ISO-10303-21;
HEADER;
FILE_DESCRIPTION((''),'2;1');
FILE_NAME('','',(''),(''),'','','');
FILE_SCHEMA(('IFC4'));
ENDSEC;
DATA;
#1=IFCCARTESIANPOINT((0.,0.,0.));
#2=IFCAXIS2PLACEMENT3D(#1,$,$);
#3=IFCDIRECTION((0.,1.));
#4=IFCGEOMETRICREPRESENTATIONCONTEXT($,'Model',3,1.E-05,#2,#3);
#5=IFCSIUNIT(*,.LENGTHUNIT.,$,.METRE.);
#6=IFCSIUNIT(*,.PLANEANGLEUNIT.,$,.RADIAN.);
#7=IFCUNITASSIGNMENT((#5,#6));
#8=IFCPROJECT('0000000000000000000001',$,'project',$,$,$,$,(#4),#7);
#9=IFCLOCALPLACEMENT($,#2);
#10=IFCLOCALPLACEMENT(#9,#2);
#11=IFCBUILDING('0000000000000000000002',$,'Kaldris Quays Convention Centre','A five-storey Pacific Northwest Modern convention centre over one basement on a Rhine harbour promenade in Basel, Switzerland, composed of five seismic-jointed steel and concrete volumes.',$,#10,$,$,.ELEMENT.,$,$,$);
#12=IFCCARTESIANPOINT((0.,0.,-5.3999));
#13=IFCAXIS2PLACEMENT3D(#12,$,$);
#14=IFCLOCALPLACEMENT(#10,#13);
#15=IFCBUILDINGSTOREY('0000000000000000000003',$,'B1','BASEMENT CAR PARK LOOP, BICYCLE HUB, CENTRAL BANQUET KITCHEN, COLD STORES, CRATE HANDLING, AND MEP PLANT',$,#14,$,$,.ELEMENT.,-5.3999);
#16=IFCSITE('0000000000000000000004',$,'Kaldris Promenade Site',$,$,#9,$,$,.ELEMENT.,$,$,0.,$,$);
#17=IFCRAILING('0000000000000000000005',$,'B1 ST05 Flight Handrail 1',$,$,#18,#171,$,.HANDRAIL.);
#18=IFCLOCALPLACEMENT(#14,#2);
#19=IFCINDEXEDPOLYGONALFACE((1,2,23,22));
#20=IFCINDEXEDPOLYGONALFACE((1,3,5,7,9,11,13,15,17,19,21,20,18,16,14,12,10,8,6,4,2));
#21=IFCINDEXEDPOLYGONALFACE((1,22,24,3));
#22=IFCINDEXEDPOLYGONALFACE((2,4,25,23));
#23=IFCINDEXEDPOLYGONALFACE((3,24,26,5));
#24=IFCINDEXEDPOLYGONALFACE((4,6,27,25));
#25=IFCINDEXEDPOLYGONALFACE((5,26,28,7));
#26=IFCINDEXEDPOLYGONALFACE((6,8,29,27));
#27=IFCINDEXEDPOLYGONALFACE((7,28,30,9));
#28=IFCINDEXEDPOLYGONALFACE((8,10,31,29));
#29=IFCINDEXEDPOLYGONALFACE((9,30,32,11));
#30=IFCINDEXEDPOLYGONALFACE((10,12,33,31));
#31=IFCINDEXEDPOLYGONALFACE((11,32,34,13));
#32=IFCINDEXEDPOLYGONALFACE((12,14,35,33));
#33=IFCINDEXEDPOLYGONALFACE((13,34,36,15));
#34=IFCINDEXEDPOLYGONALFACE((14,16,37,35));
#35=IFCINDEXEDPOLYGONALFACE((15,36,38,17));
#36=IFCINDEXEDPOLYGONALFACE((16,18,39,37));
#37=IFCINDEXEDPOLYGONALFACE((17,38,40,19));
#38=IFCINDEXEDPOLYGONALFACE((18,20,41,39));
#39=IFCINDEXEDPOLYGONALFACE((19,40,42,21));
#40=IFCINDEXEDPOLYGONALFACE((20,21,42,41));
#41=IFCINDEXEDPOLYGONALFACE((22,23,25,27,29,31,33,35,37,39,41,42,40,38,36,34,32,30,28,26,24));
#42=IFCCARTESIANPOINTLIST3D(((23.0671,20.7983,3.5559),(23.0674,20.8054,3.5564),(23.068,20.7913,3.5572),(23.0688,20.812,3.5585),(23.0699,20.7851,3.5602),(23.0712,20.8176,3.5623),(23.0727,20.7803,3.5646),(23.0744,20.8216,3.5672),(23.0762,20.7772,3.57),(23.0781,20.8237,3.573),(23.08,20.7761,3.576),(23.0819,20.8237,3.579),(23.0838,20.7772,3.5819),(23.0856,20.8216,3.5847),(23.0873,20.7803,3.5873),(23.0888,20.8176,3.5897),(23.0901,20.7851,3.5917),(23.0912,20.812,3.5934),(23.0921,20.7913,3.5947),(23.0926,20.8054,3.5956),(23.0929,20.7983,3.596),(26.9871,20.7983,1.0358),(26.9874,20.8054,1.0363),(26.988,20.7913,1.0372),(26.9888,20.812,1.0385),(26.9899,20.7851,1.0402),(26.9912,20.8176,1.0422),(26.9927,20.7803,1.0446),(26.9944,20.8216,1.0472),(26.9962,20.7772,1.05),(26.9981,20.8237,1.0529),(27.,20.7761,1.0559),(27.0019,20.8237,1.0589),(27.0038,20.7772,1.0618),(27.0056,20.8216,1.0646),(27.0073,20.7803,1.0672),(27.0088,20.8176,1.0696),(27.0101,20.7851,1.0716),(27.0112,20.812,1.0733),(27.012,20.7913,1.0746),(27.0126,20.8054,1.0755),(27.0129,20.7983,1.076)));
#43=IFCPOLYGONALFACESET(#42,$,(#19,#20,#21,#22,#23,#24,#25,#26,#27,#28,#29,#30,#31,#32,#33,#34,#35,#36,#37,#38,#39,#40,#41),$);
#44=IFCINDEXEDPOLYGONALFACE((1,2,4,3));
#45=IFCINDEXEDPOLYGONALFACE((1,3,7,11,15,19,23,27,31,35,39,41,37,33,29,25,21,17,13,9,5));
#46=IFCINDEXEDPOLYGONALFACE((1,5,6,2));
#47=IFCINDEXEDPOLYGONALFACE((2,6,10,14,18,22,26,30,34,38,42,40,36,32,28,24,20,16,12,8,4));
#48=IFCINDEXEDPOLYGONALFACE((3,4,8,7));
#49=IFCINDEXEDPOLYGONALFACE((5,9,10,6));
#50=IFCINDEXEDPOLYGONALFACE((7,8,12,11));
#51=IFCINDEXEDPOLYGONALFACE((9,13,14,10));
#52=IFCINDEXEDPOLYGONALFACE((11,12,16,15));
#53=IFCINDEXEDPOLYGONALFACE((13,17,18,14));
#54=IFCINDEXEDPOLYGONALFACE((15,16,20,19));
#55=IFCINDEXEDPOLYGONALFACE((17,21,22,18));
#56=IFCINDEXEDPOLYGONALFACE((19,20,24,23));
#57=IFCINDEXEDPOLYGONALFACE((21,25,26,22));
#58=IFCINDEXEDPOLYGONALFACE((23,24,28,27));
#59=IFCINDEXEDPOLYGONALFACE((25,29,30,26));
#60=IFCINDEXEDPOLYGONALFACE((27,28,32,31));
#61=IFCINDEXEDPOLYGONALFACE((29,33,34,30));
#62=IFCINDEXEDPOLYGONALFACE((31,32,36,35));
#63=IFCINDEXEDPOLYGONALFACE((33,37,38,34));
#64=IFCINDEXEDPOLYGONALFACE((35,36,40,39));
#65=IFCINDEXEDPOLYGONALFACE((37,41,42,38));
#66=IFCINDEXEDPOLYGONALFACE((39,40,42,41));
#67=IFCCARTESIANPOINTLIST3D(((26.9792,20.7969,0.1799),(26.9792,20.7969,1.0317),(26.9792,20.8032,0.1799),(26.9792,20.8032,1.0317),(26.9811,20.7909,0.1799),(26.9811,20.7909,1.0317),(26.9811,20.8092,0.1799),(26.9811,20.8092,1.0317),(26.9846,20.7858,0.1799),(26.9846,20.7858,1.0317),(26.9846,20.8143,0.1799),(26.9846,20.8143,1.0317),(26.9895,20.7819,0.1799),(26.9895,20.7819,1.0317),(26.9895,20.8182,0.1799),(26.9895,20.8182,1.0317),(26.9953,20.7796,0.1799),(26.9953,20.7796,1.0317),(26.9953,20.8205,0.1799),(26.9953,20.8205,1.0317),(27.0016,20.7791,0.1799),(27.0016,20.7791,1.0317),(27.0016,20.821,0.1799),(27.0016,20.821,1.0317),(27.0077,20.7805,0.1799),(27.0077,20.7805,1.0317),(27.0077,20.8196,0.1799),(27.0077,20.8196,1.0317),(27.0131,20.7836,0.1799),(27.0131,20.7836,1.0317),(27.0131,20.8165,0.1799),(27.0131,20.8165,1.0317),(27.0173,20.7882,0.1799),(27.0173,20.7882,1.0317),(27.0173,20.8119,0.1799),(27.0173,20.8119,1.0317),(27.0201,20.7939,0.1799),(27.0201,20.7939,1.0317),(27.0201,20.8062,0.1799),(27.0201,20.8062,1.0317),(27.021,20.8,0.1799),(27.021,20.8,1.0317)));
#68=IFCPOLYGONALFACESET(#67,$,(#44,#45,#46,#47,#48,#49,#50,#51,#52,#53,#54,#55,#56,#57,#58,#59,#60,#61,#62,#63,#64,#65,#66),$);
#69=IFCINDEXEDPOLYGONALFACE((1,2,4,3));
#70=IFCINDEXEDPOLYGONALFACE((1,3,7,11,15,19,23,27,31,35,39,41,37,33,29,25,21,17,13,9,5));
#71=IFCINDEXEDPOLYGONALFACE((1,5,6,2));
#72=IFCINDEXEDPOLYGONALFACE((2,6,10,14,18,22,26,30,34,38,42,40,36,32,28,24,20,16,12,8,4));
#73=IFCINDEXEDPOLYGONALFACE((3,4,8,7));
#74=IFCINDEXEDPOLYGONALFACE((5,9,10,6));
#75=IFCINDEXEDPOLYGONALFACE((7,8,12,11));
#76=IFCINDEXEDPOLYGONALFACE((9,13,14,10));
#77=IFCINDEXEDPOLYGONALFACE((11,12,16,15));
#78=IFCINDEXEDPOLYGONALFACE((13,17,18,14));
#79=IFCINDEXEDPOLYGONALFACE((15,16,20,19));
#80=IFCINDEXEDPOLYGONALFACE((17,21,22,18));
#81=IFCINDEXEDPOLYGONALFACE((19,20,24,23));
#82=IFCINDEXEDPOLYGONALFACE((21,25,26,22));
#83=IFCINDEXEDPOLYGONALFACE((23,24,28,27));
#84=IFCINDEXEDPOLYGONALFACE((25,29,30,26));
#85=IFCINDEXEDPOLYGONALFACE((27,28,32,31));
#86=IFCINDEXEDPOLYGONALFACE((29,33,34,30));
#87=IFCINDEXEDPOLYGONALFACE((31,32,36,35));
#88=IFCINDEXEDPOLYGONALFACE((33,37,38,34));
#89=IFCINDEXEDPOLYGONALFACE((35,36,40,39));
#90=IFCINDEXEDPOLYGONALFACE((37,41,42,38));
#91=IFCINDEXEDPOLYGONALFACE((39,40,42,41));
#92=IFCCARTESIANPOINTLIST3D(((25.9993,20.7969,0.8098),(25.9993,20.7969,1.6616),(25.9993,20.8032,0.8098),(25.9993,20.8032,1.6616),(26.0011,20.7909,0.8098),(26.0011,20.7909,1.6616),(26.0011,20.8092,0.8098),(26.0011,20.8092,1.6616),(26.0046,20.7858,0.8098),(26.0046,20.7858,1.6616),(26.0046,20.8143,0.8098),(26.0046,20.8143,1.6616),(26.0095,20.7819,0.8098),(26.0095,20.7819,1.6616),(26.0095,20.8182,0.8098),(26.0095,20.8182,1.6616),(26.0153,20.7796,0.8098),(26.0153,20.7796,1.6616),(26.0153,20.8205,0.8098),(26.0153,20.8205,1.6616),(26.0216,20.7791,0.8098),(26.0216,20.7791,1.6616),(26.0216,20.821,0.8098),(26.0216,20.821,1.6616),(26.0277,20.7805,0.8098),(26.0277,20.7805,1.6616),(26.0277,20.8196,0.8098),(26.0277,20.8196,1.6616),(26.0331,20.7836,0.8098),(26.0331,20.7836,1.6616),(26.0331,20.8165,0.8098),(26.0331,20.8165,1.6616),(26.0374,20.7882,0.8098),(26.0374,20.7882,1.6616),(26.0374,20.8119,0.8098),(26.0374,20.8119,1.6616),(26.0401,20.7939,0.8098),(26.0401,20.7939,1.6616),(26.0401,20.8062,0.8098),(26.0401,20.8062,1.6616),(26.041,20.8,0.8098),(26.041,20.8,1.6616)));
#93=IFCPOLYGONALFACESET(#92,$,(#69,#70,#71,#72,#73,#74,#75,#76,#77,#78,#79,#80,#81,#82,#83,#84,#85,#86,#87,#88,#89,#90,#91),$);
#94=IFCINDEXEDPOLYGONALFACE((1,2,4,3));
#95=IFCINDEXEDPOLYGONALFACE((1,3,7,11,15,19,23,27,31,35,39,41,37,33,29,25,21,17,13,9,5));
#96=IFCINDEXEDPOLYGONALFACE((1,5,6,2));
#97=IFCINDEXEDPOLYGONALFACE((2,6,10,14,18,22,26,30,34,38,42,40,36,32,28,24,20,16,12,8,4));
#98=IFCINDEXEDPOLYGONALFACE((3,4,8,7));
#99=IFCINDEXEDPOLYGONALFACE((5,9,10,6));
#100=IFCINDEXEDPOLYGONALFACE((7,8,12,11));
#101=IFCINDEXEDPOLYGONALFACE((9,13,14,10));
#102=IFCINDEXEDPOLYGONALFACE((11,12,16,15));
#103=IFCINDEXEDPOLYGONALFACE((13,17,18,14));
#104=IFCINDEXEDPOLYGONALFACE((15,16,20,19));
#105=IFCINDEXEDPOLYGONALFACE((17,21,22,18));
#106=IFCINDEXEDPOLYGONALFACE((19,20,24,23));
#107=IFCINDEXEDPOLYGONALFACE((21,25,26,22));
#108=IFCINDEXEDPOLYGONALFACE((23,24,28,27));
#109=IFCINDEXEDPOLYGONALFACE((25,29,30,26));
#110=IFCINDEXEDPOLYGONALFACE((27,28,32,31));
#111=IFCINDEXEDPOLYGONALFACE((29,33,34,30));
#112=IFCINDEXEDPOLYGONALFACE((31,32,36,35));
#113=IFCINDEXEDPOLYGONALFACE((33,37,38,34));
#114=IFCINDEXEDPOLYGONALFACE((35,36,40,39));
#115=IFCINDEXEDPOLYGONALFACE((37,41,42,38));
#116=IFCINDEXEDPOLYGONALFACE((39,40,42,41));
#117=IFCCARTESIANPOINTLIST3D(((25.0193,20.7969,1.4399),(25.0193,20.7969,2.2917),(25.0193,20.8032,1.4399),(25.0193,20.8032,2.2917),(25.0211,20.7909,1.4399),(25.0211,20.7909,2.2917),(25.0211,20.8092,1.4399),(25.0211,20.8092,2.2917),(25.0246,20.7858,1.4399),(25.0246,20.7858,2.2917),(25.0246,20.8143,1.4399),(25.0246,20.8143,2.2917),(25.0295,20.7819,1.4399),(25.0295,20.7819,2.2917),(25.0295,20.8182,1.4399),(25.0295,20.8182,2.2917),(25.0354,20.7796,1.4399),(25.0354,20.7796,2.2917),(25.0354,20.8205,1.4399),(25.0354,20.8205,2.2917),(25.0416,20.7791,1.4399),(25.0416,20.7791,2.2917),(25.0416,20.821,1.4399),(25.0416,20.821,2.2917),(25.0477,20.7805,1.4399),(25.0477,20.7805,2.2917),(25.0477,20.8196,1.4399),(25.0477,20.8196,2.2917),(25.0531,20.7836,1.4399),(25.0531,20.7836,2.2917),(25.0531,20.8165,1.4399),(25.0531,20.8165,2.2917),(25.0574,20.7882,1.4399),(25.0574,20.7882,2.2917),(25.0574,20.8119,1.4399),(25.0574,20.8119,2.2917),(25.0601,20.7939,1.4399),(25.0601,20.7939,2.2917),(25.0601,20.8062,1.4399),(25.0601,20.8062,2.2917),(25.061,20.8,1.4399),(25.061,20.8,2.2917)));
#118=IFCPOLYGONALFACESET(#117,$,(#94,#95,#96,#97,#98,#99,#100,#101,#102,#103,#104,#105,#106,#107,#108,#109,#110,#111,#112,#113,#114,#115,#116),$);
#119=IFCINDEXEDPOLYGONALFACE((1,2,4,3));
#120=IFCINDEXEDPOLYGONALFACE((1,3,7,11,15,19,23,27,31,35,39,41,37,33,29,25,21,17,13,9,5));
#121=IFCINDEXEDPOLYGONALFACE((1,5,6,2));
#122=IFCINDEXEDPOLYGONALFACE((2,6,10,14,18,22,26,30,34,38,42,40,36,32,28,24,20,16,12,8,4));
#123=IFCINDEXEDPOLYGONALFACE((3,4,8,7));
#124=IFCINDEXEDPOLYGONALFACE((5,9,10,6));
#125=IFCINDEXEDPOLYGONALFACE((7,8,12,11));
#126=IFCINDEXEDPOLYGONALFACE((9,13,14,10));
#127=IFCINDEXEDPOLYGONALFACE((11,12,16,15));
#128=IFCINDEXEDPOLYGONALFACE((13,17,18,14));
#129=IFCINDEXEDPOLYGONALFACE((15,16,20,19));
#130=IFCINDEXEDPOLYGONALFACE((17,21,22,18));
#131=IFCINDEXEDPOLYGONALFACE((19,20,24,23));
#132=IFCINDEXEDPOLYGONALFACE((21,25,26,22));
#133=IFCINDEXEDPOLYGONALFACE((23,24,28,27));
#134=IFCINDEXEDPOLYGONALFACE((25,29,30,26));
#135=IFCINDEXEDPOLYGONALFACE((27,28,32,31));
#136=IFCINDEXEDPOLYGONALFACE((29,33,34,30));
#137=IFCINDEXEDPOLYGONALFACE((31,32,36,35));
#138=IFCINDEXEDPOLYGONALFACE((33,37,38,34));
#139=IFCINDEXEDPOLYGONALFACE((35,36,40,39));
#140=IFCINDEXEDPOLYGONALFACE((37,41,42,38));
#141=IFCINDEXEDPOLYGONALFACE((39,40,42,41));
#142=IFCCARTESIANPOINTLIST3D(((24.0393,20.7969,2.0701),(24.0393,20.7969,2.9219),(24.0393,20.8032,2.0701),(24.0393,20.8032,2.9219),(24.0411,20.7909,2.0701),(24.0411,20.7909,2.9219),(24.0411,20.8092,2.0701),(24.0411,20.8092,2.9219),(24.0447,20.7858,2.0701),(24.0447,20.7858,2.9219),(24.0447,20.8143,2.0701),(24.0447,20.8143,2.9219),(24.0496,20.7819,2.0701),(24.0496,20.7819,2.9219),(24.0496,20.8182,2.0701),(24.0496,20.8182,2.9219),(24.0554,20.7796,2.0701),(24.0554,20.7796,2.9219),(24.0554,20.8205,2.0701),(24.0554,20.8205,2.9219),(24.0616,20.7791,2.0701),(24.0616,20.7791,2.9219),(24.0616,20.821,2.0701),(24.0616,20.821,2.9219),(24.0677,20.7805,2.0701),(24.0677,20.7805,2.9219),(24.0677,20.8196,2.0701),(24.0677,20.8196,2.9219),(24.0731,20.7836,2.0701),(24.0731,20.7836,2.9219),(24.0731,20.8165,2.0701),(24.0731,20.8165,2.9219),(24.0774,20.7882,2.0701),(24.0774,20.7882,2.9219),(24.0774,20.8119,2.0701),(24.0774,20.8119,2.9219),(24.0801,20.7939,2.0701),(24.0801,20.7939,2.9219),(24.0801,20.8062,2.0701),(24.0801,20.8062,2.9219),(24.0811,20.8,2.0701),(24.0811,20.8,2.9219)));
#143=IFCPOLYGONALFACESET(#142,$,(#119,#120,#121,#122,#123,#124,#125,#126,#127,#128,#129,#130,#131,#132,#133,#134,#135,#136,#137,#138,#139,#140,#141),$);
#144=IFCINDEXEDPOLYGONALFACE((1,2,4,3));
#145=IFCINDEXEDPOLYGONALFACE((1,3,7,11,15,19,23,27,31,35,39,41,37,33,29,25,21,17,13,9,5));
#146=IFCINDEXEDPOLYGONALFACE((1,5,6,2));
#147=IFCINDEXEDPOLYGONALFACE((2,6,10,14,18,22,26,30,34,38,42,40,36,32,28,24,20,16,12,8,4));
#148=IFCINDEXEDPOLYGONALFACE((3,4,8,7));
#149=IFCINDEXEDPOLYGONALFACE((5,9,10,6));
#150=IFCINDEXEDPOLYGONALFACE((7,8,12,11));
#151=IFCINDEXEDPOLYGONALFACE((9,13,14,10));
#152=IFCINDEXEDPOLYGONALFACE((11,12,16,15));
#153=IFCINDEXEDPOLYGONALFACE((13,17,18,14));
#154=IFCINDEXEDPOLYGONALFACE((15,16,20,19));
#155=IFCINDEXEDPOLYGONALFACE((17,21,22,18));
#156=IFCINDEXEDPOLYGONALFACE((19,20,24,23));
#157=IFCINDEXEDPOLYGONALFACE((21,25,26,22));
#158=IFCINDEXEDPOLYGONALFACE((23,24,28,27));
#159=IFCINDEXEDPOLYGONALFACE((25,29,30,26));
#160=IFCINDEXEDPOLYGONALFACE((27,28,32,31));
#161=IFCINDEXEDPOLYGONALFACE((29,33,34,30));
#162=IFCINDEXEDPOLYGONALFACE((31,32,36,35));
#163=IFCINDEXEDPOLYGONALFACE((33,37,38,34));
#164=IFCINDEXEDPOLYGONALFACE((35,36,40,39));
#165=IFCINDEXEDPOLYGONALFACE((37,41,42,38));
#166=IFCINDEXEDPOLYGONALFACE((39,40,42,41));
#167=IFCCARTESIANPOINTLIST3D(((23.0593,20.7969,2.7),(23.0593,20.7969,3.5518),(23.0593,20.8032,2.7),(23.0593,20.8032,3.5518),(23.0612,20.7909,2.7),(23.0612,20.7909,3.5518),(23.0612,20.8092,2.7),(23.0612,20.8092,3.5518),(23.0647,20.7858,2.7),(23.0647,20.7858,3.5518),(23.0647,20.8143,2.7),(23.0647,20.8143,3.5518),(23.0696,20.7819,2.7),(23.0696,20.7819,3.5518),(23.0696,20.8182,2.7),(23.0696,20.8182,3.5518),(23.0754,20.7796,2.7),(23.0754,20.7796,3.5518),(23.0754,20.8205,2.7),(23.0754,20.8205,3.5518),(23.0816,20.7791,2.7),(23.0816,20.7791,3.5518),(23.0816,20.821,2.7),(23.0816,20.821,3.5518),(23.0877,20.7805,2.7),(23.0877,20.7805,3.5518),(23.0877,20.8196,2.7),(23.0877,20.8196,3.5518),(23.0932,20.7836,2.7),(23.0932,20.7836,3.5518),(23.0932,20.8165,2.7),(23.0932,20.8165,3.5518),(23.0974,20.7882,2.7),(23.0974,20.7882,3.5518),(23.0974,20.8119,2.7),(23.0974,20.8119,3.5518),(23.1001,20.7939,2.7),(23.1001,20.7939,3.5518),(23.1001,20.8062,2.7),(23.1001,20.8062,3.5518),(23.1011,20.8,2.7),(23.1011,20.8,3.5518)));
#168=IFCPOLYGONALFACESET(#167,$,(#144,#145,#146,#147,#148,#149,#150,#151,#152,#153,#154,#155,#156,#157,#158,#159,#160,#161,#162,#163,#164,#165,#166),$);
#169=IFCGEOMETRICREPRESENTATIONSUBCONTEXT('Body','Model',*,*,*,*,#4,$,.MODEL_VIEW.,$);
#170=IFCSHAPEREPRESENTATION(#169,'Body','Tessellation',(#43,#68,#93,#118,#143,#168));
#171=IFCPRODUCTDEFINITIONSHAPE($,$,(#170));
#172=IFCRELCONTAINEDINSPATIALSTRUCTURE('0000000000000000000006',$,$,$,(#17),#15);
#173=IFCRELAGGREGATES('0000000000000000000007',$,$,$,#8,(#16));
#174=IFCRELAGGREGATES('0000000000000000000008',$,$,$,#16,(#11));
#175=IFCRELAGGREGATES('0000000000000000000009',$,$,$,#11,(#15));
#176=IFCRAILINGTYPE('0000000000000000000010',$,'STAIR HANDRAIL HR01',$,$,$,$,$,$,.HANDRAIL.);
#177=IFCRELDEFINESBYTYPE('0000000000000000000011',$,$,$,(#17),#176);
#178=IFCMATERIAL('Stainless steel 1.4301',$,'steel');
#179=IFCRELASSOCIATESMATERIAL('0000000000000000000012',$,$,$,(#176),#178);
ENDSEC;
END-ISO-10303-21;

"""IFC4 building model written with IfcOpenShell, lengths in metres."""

from ifc_helpers import new_model, si_unit, direction, frame, origin, origin_2d, place, context, subcontext, project, spatial, circle, extrude, material, type_object, element, save


model = new_model("IFC4")

# Units and contexts
model_context = context("Model", 3, precision=1e-05, world=origin(), true_north=direction((0.0, 1.0)))
body_context = subcontext(model_context, "Body", "Model", "MODEL_VIEW")
ifc_project = project(units=[si_unit("LENGTHUNIT", "METRE"), si_unit("PLANEANGLEUNIT", "RADIAN")], contexts=[model_context])

# Site, building, storey
site_placement = place(None, origin())
site = spatial("IfcSite", under=ifc_project, at=site_placement, Name="Kaldris Promenade Site", CompositionType="ELEMENT", RefElevation=0.0)
building_placement = place(site_placement, origin())
building = spatial("IfcBuilding", under=site, at=building_placement, Name="Kaldris Quays Convention Centre", Description="A five-storey Pacific Northwest Modern convention centre over one basement on a Rhine harbour promenade in Basel, Switzerland, composed of five seismic-jointed steel and concrete volumes.", CompositionType="ELEMENT")
storey_placement = place(building_placement, frame((0.0, 0.0, -5.3999)))
storey = spatial("IfcBuildingStorey", under=building, at=storey_placement, Name="B1", Description="BASEMENT CAR PARK LOOP, BICYCLE HUB, CENTRAL BANQUET KITCHEN, COLD STORES, CRATE HANDLING, AND MEP PLANT", CompositionType="ELEMENT", Elevation=-5.3999)

# Railing
ifc_material_1 = material(Name="Stainless steel 1.4301", Category="steel")
railing_type_1 = type_object("IfcRailingType", Name="STAIR HANDRAIL HR01", PredefinedType="HANDRAIL", material=ifc_material_1)
railing_1_placement = place(storey_placement, frame((27.0, 20.8, 0.1799)))
element("IfcRailing", 1, at=railing_1_placement, inside=storey, type_object=railing_type_1, Name="B1 ST05 Flight Handrail 1", PredefinedType="HANDRAIL", context=body_context, shape_type="SweptSolid", body=[
    extrude(circle(Radius=0.0239, at=origin_2d()), frame((0.0, 0.0, 0.876), z_axis=(-0.841172, 0.0, 0.540768), x_axis=(0.0, -1.0, 0.0)), (0.0, 0.0, 1.0), 4.6602),
    extrude(circle(Radius=0.021, at=origin_2d()), origin(), (0.0, 0.0, 1.0), 0.8518),
    extrude(circle(Radius=0.021, at=origin_2d()), frame((-0.98, 0.0, 0.6299)), (0.0, 0.0, 1.0), 0.8518),
    extrude(circle(Radius=0.021, at=origin_2d()), frame((-1.96, 0.0, 1.26)), (0.0, 0.0, 1.0), 0.8518),
    extrude(circle(Radius=0.021, at=origin_2d()), frame((-2.9399, 0.0, 1.8901)), (0.0, 0.0, 1.0), 0.8518),
    extrude(circle(Radius=0.021, at=origin_2d()), frame((-3.9199, 0.0, 2.52)), (0.0, 0.0, 1.0), 0.8518),
])

save(model, "model.ifc")
